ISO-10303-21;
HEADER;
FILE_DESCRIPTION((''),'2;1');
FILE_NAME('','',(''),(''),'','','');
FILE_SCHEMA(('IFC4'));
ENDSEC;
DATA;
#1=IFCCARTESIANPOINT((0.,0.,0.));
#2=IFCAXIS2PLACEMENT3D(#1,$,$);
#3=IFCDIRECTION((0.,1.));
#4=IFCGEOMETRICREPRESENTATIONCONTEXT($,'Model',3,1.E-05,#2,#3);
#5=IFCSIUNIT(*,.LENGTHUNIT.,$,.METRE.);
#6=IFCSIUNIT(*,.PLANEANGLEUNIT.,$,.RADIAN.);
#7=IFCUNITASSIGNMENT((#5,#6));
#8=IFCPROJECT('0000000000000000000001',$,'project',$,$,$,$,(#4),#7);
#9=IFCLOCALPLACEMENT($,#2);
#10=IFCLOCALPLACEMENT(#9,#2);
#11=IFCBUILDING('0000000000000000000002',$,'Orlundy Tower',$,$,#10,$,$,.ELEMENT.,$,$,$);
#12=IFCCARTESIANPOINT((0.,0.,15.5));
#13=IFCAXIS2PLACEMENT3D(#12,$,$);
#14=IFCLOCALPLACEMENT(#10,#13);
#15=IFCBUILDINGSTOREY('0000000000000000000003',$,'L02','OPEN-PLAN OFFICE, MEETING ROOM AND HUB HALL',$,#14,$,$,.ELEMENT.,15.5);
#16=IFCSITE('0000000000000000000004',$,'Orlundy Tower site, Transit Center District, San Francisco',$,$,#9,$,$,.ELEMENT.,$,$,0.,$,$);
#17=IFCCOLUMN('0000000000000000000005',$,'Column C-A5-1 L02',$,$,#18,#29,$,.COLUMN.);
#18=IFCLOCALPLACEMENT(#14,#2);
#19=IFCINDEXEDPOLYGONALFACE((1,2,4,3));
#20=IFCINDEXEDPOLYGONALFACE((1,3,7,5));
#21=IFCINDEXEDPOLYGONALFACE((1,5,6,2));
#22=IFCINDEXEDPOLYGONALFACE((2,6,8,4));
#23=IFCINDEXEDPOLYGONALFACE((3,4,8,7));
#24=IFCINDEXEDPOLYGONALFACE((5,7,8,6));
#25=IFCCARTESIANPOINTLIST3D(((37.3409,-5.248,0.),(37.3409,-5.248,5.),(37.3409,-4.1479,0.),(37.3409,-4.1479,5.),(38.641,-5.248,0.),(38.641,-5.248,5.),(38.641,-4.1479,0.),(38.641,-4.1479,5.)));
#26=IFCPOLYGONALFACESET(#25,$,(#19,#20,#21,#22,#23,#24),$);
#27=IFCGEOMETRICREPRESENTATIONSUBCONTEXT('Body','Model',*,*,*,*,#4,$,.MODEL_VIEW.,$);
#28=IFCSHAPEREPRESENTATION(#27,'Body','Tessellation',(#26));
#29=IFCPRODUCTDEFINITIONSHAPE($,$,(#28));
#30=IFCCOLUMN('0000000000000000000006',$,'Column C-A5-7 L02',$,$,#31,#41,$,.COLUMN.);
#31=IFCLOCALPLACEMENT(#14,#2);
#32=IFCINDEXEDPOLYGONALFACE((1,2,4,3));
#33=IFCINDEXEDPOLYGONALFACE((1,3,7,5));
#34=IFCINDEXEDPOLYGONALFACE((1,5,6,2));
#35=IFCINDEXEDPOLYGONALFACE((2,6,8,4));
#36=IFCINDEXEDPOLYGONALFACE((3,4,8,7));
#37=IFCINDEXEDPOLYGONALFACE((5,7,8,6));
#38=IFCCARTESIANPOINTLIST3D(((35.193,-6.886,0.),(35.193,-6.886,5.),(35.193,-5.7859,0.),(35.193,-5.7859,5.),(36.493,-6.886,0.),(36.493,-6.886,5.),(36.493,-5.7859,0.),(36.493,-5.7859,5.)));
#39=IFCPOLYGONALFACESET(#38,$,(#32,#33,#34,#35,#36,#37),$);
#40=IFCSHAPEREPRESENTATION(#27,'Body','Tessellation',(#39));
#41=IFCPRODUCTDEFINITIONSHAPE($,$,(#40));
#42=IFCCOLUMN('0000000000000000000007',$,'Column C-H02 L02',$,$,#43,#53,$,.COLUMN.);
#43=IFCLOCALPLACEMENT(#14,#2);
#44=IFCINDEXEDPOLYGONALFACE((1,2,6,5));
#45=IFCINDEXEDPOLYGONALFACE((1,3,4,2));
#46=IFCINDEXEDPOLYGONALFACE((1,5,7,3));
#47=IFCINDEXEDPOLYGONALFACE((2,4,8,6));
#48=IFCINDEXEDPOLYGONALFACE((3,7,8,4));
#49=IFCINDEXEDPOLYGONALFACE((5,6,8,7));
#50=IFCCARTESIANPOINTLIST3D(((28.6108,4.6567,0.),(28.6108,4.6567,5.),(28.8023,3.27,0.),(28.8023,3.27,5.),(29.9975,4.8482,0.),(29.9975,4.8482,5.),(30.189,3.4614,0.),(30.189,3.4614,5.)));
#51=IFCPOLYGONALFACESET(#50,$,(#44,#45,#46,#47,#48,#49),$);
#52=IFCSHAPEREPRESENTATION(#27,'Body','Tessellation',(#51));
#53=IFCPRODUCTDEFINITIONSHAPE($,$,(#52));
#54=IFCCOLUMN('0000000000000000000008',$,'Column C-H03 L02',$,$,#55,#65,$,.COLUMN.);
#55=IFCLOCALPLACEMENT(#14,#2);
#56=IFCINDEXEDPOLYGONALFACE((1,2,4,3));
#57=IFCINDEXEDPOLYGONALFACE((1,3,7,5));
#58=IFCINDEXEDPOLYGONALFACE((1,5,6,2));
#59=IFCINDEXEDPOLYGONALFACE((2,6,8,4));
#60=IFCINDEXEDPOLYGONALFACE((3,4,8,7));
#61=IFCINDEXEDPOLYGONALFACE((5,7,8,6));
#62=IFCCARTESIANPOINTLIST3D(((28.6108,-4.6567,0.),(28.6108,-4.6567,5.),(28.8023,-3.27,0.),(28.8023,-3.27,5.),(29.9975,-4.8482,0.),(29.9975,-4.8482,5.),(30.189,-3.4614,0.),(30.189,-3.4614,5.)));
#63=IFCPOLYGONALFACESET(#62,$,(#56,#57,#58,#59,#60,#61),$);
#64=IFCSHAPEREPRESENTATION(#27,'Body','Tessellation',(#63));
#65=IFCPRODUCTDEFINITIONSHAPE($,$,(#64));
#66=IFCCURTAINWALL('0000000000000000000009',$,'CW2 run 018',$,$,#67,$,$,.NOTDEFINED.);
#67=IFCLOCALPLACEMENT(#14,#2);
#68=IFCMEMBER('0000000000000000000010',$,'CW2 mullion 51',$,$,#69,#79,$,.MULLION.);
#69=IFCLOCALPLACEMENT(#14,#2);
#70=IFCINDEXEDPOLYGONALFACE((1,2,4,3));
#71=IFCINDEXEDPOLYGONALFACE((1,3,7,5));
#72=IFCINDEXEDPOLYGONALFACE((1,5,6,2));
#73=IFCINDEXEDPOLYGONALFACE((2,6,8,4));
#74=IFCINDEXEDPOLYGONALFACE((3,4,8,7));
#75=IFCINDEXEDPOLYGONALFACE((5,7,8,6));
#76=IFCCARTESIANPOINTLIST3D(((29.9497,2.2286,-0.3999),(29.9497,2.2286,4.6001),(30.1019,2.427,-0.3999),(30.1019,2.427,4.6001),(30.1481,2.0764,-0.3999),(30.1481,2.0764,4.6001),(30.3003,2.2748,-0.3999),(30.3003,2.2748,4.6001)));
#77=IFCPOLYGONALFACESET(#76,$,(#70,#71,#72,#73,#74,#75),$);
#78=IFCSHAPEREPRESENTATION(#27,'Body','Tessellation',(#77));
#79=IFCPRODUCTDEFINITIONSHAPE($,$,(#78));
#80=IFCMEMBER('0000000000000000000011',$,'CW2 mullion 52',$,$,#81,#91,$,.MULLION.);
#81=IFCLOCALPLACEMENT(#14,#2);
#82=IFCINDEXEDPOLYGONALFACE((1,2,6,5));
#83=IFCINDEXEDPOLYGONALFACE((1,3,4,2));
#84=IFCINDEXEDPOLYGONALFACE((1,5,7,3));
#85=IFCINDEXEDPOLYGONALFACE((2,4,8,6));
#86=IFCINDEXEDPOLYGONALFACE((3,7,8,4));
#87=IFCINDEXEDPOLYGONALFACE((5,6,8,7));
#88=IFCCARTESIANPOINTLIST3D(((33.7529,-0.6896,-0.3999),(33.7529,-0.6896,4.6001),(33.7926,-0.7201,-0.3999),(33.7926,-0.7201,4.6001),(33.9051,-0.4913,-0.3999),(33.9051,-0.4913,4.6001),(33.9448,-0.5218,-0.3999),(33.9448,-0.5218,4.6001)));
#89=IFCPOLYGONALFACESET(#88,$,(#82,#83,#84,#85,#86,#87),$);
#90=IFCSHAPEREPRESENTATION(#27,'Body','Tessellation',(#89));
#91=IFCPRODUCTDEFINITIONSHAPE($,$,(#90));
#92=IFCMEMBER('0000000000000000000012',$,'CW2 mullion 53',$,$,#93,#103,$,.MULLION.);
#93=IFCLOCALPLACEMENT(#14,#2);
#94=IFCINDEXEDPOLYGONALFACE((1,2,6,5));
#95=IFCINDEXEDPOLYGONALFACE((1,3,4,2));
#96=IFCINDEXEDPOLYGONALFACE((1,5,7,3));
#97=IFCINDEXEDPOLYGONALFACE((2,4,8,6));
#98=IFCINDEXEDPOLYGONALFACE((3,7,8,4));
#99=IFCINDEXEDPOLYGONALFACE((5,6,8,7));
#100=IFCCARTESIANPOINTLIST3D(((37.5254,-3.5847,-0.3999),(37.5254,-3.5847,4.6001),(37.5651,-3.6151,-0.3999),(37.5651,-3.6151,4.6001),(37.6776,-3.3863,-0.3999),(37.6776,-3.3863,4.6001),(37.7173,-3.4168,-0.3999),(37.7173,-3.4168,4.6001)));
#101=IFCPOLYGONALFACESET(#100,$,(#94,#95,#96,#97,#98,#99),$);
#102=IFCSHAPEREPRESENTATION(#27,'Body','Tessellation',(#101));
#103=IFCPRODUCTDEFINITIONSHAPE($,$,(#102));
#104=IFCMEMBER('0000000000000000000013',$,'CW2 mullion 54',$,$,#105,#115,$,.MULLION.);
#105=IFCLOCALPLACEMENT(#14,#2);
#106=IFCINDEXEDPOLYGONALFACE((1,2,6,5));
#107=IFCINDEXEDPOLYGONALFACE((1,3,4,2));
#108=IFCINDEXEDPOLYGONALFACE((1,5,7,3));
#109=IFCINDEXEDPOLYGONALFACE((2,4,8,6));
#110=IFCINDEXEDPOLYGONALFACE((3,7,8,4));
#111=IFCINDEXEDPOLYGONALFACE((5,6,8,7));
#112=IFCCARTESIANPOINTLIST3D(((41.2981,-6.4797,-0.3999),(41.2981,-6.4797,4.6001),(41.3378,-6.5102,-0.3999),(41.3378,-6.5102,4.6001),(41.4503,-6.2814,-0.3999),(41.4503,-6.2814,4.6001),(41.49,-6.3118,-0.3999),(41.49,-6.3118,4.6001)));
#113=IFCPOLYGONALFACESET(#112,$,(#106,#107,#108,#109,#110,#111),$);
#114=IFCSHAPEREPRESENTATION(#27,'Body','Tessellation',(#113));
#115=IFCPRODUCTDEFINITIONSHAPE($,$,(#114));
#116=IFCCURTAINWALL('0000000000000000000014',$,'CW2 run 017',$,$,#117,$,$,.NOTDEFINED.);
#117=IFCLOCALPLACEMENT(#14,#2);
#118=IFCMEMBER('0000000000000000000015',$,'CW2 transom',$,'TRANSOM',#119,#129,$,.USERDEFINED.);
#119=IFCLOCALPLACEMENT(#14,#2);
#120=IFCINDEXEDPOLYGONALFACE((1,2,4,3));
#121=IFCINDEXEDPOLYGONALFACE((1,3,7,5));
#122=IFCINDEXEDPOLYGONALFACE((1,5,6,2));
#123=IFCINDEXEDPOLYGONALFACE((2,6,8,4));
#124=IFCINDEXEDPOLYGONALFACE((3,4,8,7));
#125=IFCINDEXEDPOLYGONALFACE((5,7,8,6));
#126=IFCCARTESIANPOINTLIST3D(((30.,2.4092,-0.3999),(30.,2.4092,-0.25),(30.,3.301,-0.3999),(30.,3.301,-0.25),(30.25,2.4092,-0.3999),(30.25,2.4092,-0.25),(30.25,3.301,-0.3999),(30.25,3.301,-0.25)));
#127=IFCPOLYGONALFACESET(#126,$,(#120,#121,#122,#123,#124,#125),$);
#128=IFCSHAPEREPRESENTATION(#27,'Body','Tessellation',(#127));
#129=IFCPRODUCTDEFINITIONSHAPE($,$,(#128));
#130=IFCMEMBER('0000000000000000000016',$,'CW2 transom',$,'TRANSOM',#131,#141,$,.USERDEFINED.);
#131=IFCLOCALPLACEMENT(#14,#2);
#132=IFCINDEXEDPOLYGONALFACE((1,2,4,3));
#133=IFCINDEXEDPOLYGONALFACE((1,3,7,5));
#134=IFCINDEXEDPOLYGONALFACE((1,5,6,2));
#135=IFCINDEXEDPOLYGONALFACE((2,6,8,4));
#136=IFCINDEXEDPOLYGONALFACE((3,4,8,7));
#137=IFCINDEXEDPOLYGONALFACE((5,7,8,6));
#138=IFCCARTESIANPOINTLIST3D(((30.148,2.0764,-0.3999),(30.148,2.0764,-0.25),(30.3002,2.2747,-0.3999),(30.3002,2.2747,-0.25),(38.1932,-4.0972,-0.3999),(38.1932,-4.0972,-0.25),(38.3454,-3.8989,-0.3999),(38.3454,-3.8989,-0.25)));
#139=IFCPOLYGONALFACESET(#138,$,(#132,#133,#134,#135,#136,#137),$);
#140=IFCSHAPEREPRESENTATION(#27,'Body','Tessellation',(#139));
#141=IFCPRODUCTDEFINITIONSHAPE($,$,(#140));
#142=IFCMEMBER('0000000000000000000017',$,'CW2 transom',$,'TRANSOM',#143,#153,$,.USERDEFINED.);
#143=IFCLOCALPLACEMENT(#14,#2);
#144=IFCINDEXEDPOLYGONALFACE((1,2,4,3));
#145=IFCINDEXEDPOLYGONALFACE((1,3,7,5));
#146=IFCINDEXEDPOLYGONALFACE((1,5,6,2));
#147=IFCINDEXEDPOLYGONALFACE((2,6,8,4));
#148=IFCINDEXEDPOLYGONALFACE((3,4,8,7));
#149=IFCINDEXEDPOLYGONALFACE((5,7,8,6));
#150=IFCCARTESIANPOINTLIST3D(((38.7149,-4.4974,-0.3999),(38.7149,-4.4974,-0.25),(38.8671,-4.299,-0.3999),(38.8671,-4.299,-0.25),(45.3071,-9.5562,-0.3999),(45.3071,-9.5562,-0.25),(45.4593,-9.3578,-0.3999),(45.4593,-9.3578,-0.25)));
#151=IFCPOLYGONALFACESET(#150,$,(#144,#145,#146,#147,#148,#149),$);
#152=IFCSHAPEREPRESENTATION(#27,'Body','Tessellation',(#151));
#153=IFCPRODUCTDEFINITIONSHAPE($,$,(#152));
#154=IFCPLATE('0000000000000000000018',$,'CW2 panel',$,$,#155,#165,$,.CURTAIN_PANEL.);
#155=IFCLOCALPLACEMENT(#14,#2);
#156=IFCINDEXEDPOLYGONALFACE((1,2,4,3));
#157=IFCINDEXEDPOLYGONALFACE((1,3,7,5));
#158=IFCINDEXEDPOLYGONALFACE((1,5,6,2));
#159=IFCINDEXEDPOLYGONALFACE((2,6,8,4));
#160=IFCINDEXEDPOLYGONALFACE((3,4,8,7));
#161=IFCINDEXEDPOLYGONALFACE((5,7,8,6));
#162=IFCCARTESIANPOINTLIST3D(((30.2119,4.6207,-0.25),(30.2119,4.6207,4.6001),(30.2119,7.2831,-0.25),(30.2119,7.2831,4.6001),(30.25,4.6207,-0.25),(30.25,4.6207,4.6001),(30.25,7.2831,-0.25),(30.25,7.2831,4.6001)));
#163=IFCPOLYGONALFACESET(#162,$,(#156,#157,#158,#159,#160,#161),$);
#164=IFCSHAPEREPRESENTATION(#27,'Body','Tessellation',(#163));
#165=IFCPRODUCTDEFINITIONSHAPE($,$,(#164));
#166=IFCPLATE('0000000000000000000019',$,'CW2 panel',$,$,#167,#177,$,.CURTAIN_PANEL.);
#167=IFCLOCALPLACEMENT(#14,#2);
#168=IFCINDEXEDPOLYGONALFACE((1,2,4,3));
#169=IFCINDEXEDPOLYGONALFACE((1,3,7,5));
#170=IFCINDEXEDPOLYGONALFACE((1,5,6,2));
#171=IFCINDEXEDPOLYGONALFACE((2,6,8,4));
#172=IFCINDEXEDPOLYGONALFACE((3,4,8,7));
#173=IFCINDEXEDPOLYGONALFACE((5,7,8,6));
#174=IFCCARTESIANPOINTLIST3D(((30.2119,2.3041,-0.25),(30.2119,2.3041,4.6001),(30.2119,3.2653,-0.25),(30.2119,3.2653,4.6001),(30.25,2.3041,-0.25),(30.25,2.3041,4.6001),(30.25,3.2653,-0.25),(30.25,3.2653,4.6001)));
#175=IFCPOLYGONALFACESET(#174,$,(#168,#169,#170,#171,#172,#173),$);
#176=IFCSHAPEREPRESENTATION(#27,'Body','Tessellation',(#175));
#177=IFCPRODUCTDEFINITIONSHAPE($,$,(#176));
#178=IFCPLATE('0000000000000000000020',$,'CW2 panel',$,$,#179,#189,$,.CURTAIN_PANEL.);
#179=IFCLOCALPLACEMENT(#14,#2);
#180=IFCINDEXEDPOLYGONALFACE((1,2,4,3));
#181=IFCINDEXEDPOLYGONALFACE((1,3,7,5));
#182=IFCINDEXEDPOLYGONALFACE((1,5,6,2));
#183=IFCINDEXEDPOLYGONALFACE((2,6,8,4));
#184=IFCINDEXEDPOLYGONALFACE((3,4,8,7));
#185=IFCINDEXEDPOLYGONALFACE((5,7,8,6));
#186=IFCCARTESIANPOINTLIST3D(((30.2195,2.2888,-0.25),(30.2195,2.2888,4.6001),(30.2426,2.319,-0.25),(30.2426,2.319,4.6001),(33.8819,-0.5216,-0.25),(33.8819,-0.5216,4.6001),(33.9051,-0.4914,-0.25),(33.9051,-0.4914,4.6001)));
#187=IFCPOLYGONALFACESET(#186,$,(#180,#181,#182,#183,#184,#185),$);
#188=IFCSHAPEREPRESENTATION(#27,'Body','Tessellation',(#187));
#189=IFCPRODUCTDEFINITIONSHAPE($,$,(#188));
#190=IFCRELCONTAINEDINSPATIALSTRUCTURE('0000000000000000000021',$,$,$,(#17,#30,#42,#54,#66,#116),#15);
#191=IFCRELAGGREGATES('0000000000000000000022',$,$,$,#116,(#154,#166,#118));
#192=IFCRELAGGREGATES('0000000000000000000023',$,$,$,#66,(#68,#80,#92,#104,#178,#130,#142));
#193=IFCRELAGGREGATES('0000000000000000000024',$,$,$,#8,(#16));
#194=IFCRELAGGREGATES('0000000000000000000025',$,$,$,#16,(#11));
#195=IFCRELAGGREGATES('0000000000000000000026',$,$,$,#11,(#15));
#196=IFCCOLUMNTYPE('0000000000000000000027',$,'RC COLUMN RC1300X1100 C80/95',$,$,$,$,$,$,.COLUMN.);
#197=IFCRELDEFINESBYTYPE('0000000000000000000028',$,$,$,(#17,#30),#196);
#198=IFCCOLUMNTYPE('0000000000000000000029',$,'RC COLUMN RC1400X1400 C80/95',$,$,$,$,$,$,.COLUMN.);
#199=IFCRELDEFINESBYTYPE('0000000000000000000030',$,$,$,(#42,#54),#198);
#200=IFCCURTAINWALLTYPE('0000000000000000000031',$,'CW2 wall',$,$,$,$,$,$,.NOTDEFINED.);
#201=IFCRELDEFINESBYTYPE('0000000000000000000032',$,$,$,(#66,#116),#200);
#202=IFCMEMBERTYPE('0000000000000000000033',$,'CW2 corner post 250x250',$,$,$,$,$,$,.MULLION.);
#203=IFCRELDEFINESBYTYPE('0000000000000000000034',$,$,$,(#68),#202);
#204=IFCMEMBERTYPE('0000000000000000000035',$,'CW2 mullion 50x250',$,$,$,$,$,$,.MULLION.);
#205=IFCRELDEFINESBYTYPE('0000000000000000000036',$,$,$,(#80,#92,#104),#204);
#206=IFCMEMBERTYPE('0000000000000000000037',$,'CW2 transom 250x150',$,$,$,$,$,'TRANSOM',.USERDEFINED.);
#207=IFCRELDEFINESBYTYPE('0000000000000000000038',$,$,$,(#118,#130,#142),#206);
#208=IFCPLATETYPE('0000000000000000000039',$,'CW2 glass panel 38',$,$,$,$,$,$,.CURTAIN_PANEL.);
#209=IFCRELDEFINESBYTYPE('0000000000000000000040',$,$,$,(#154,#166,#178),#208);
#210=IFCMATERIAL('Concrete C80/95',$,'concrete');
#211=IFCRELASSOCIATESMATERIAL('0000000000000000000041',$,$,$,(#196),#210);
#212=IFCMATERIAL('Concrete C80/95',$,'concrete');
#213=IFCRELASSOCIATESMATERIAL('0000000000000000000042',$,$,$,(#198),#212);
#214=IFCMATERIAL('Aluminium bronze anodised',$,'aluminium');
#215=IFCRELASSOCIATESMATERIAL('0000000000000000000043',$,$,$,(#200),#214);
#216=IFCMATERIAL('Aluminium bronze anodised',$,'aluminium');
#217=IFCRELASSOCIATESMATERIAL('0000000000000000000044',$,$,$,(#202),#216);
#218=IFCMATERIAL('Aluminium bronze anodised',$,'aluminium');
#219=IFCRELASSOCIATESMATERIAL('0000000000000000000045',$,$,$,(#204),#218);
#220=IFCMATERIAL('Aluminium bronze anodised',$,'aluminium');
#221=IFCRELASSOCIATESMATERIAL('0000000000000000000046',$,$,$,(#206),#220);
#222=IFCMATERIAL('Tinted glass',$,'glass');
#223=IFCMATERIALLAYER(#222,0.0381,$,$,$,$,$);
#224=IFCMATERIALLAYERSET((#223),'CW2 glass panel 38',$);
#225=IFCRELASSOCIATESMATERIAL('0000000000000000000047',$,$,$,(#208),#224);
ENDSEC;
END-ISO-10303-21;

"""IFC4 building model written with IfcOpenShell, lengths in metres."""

from ifc_helpers import new_model, si_unit, direction, frame, origin, origin_2d, place, context, subcontext, project, spatial, rectangle, extrude, material, layer, layer_set, material_profile, profile_set, type_object, element, aggregate, save


model = new_model("IFC4")

# Units and contexts
model_context = context("Model", 3, precision=1e-05, world=origin(), true_north=direction((0.0, 1.0)))
body_context = subcontext(model_context, "Body", "Model", "MODEL_VIEW")
ifc_project = project(units=[si_unit("LENGTHUNIT", "METRE"), si_unit("PLANEANGLEUNIT", "RADIAN")], contexts=[model_context])

# Site, building, storey
site_placement = place(None, origin())
site = spatial("IfcSite", under=ifc_project, at=site_placement, Name="Orlundy Tower site, Transit Center District, San Francisco", CompositionType="ELEMENT", RefElevation=0.0)
building_placement = place(site_placement, origin())
building = spatial("IfcBuilding", under=site, at=building_placement, Name="Orlundy Tower", CompositionType="ELEMENT")
storey_placement = place(building_placement, frame((0.0, 0.0, 15.5)))
storey = spatial("IfcBuildingStorey", under=building, at=storey_placement, Name="L02", Description="OPEN-PLAN OFFICE, MEETING ROOM AND HUB HALL", CompositionType="ELEMENT", Elevation=15.5)

# Columns
ifc_material_1 = material(Name="Concrete C80/95", Category="concrete")
ifc_material_profile_1 = material_profile(ifc_material_1, rectangle(XDim=1.3, YDim=1.1001, at=origin_2d()), Name="RC1300X1100")
ifc_profile_set_1 = profile_set([ifc_material_profile_1], Name="Concrete C80/95")
column_type_1 = type_object("IfcColumnType", Name="RC COLUMN RC1300X1100 C80/95", PredefinedType="COLUMN", material=ifc_profile_set_1)
for number, where, z_axis, x_axis, name in (
    (1, (37.991, -4.698, 0.0), (0.0, 0.0, 1.0), (1.0, 0.0, 0.0), "Column C-A5-1 L02"),
    (2, (35.843, -6.3359, 0.0), (0.0, 0.0, 1.0), (1.0, 0.0, 0.0), "Column C-A5-7 L02"),
):
    element("IfcColumn", number, at=place(storey_placement, frame(where, z_axis=z_axis, x_axis=x_axis)), inside=storey, type_object=column_type_1, Name=name, PredefinedType="COLUMN", context=body_context, shape_type="SweptSolid", body=[
        extrude(rectangle(XDim=1.3, YDim=1.1001, at=origin_2d()), origin(), (0.0, 0.0, 1.0), 5.0),
    ])
ifc_material_2 = material(Name="Concrete C80/95", Category="concrete")
ifc_material_profile_2 = material_profile(ifc_material_2, rectangle(XDim=1.3999, YDim=1.3999, at=origin_2d()), Name="RC1400X1400")
ifc_profile_set_2 = profile_set([ifc_material_profile_2], Name="Concrete C80/95")
column_type_2 = type_object("IfcColumnType", Name="RC COLUMN RC1400X1400 C80/95", PredefinedType="COLUMN", material=ifc_profile_set_2)
for number, where, z_axis, x_axis, name in (
    (3, (29.3999, 4.0591, 0.0), (0.0, 0.0, 1.0), (0.990603, 0.13677, 0.0), "Column C-H02 L02"),
    (4, (29.3999, -4.0591, 0.0), (0.0, 0.0, 1.0), (0.990603, -0.13677, 0.0), "Column C-H03 L02"),
):
    element("IfcColumn", number, at=place(storey_placement, frame(where, z_axis=z_axis, x_axis=x_axis)), inside=storey, type_object=column_type_2, Name=name, PredefinedType="COLUMN", context=body_context, shape_type="SweptSolid", body=[
        extrude(rectangle(XDim=1.3999, YDim=1.3999, at=origin_2d()), origin(), (0.0, 0.0, 1.0), 5.0),
    ])

# Curtain wall, members
ifc_material_3 = material(Name="Aluminium bronze anodised", Category="aluminium")
curtain_wall_type = type_object("IfcCurtainWallType", Name="CW2 wall", PredefinedType="NOTDEFINED", material=ifc_material_3)
curtain_wall_1_placement = place(storey_placement, origin())
curtain_wall_1 = element("IfcCurtainWall", 5, at=curtain_wall_1_placement, inside=storey, type_object=curtain_wall_type, Name="CW2 run 018", PredefinedType="NOTDEFINED")
ifc_material_4 = material(Name="Aluminium bronze anodised", Category="aluminium")
ifc_material_profile_3 = material_profile(ifc_material_4, rectangle(XDim=0.25, YDim=0.25, at=origin_2d()), Name="CW2 corner post 250x250")
ifc_profile_set_3 = profile_set([ifc_material_profile_3], Name="Aluminium bronze anodised")
member_type_1 = type_object("IfcMemberType", Name="CW2 corner post 250x250", PredefinedType="MULLION", material=ifc_profile_set_3)
member_1_placement = place(storey_placement, frame((30.125, 2.2517, -0.3999), z_axis=(0.0, 0.0, 1.0), x_axis=(0.608779, 0.79334, 0.0)))
member_1 = element("IfcMember", 6, at=member_1_placement, type_object=member_type_1, Name="CW2 mullion 51", PredefinedType="MULLION", context=body_context, shape_type="SweptSolid", body=[
    extrude(rectangle(XDim=0.25, YDim=0.25, at=origin_2d()), origin(), (0.0, 0.0, 1.0), 5.0),
])
ifc_material_5 = material(Name="Aluminium bronze anodised", Category="aluminium")
ifc_material_profile_4 = material_profile(ifc_material_5, rectangle(XDim=0.25, YDim=0.05, at=origin_2d()), Name="CW2 mullion 50x250")
ifc_profile_set_4 = profile_set([ifc_material_profile_4], Name="Aluminium bronze anodised")
member_type_2 = type_object("IfcMemberType", Name="CW2 mullion 50x250", PredefinedType="MULLION", material=ifc_profile_set_4)
member_2_placement = place(storey_placement, frame((33.8489, -0.6057, -0.3999), z_axis=(0.0, 0.0, 1.0), x_axis=(0.608779, 0.79334, 0.0)))
member_2 = element("IfcMember", 7, at=member_2_placement, type_object=member_type_2, Name="CW2 mullion 52", PredefinedType="MULLION", context=body_context, shape_type="SweptSolid", body=[
    extrude(rectangle(XDim=0.25, YDim=0.05, at=origin_2d()), origin(), (0.0, 0.0, 1.0), 5.0),
])
member_3_placement = place(storey_placement, frame((37.6213, -3.5007, -0.3999), z_axis=(0.0, 0.0, 1.0), x_axis=(0.608779, 0.79334, 0.0)))
member_3 = element("IfcMember", 8, at=member_3_placement, type_object=member_type_2, Name="CW2 mullion 53", PredefinedType="MULLION", context=body_context, shape_type="SweptSolid", body=[
    extrude(rectangle(XDim=0.25, YDim=0.05, at=origin_2d()), origin(), (0.0, 0.0, 1.0), 5.0),
])
member_4_placement = place(storey_placement, frame((41.394, -6.3958, -0.3999), z_axis=(0.0, 0.0, 1.0), x_axis=(0.608779, 0.79334, 0.0)))
member_4 = element("IfcMember", 9, at=member_4_placement, type_object=member_type_2, Name="CW2 mullion 54", PredefinedType="MULLION", context=body_context, shape_type="SweptSolid", body=[
    extrude(rectangle(XDim=0.25, YDim=0.05, at=origin_2d()), origin(), (0.0, 0.0, 1.0), 5.0),
])

# Curtain wall, member
curtain_wall_2_placement = place(storey_placement, origin())
curtain_wall_2 = element("IfcCurtainWall", 10, at=curtain_wall_2_placement, inside=storey, type_object=curtain_wall_type, Name="CW2 run 017", PredefinedType="NOTDEFINED")
ifc_material_6 = material(Name="Aluminium bronze anodised", Category="aluminium")
ifc_material_profile_5 = material_profile(ifc_material_6, rectangle(XDim=0.25, YDim=0.1499, at=origin_2d()), Name="CW2 transom 250x150")
ifc_profile_set_5 = profile_set([ifc_material_profile_5], Name="Aluminium bronze anodised")
member_type_3 = type_object("IfcMemberType", Name="CW2 transom 250x150", ElementType="TRANSOM", PredefinedType="USERDEFINED", material=ifc_profile_set_5)
member_5_placement = place(storey_placement, frame((30.125, 3.301, -0.325), z_axis=(0.0, -1.0, 0.0), x_axis=(1.0, 0.0, 0.0)))
member_5 = element("IfcMember", 11, at=member_5_placement, type_object=member_type_3, Name="CW2 transom", ObjectType="TRANSOM", PredefinedType="USERDEFINED", context=body_context, shape_type="SweptSolid", body=[
    extrude(rectangle(XDim=0.25, YDim=0.1499, at=origin_2d()), origin(), (0.0, 0.0, 1.0), 0.8918),
])

# Members
member_6_placement = place(storey_placement, frame((30.2241, 2.1755, -0.325), z_axis=(0.793339, -0.608781, 0.0), x_axis=(0.608781, 0.793339, 0.0)))
member_6 = element("IfcMember", 12, at=member_6_placement, type_object=member_type_3, Name="CW2 transom", ObjectType="TRANSOM", PredefinedType="USERDEFINED", context=body_context, shape_type="SweptSolid", body=[
    extrude(rectangle(XDim=0.25, YDim=0.1499, at=origin_2d()), origin(), (0.0, 0.0, 1.0), 10.1409),
])
member_7_placement = place(storey_placement, frame((38.791, -4.3982, -0.325), z_axis=(0.79333, -0.608792, 0.0), x_axis=(0.608792, 0.79333, 0.0)))
member_7 = element("IfcMember", 13, at=member_7_placement, type_object=member_type_3, Name="CW2 transom", ObjectType="TRANSOM", PredefinedType="USERDEFINED", context=body_context, shape_type="SweptSolid", body=[
    extrude(rectangle(XDim=0.25, YDim=0.1499, at=origin_2d()), origin(), (0.0, 0.0, 1.0), 8.3096),
])

# Plates
ifc_material_7 = material(Name="Tinted glass", Category="glass")
ifc_layer_1 = layer(ifc_material_7, 0.0381)
ifc_layer_set_1 = layer_set([ifc_layer_1], Name="CW2 glass panel 38")
plate_type_1 = type_object("IfcPlateType", Name="CW2 glass panel 38", PredefinedType="CURTAIN_PANEL", material=ifc_layer_set_1)
plate_1_placement = place(storey_placement, frame((30.231, 5.9519, -0.25), z_axis=(0.0, 0.0, 1.0), x_axis=(0.0, -1.0, 0.0)))
plate_1 = element("IfcPlate", 14, at=plate_1_placement, type_object=plate_type_1, Name="CW2 panel", PredefinedType="CURTAIN_PANEL", context=body_context, shape_type="SweptSolid", body=[
    extrude(rectangle(XDim=2.6624, YDim=0.0381, at=origin_2d()), origin(), (0.0, 0.0, 1.0), 4.8501),
])
plate_2_placement = place(storey_placement, frame((30.231, 2.7847, -0.25), z_axis=(0.0, 0.0, 1.0), x_axis=(0.0, -1.0, 0.0)))
plate_2 = element("IfcPlate", 15, at=plate_2_placement, type_object=plate_type_1, Name="CW2 panel", PredefinedType="CURTAIN_PANEL", context=body_context, shape_type="SweptSolid", body=[
    extrude(rectangle(XDim=0.9612, YDim=0.0381, at=origin_2d()), origin(), (0.0, 0.0, 1.0), 4.8501),
])
aggregate(curtain_wall_2, [plate_1, plate_2, member_5])
plate_3_placement = place(storey_placement, frame((32.0623, 0.8987, -0.25), z_axis=(0.0, 0.0, 1.0), x_axis=(0.79334, -0.608779, 0.0)))
plate_3 = element("IfcPlate", 16, at=plate_3_placement, type_object=plate_type_1, Name="CW2 panel", PredefinedType="CURTAIN_PANEL", context=body_context, shape_type="SweptSolid", body=[
    extrude(rectangle(XDim=4.6165, YDim=0.0381, at=origin_2d()), origin(), (0.0, 0.0, 1.0), 4.8501),
])
aggregate(curtain_wall_1, [member_1, member_2, member_3, member_4, plate_3, member_6, member_7])

save(model, "model.ifc")
